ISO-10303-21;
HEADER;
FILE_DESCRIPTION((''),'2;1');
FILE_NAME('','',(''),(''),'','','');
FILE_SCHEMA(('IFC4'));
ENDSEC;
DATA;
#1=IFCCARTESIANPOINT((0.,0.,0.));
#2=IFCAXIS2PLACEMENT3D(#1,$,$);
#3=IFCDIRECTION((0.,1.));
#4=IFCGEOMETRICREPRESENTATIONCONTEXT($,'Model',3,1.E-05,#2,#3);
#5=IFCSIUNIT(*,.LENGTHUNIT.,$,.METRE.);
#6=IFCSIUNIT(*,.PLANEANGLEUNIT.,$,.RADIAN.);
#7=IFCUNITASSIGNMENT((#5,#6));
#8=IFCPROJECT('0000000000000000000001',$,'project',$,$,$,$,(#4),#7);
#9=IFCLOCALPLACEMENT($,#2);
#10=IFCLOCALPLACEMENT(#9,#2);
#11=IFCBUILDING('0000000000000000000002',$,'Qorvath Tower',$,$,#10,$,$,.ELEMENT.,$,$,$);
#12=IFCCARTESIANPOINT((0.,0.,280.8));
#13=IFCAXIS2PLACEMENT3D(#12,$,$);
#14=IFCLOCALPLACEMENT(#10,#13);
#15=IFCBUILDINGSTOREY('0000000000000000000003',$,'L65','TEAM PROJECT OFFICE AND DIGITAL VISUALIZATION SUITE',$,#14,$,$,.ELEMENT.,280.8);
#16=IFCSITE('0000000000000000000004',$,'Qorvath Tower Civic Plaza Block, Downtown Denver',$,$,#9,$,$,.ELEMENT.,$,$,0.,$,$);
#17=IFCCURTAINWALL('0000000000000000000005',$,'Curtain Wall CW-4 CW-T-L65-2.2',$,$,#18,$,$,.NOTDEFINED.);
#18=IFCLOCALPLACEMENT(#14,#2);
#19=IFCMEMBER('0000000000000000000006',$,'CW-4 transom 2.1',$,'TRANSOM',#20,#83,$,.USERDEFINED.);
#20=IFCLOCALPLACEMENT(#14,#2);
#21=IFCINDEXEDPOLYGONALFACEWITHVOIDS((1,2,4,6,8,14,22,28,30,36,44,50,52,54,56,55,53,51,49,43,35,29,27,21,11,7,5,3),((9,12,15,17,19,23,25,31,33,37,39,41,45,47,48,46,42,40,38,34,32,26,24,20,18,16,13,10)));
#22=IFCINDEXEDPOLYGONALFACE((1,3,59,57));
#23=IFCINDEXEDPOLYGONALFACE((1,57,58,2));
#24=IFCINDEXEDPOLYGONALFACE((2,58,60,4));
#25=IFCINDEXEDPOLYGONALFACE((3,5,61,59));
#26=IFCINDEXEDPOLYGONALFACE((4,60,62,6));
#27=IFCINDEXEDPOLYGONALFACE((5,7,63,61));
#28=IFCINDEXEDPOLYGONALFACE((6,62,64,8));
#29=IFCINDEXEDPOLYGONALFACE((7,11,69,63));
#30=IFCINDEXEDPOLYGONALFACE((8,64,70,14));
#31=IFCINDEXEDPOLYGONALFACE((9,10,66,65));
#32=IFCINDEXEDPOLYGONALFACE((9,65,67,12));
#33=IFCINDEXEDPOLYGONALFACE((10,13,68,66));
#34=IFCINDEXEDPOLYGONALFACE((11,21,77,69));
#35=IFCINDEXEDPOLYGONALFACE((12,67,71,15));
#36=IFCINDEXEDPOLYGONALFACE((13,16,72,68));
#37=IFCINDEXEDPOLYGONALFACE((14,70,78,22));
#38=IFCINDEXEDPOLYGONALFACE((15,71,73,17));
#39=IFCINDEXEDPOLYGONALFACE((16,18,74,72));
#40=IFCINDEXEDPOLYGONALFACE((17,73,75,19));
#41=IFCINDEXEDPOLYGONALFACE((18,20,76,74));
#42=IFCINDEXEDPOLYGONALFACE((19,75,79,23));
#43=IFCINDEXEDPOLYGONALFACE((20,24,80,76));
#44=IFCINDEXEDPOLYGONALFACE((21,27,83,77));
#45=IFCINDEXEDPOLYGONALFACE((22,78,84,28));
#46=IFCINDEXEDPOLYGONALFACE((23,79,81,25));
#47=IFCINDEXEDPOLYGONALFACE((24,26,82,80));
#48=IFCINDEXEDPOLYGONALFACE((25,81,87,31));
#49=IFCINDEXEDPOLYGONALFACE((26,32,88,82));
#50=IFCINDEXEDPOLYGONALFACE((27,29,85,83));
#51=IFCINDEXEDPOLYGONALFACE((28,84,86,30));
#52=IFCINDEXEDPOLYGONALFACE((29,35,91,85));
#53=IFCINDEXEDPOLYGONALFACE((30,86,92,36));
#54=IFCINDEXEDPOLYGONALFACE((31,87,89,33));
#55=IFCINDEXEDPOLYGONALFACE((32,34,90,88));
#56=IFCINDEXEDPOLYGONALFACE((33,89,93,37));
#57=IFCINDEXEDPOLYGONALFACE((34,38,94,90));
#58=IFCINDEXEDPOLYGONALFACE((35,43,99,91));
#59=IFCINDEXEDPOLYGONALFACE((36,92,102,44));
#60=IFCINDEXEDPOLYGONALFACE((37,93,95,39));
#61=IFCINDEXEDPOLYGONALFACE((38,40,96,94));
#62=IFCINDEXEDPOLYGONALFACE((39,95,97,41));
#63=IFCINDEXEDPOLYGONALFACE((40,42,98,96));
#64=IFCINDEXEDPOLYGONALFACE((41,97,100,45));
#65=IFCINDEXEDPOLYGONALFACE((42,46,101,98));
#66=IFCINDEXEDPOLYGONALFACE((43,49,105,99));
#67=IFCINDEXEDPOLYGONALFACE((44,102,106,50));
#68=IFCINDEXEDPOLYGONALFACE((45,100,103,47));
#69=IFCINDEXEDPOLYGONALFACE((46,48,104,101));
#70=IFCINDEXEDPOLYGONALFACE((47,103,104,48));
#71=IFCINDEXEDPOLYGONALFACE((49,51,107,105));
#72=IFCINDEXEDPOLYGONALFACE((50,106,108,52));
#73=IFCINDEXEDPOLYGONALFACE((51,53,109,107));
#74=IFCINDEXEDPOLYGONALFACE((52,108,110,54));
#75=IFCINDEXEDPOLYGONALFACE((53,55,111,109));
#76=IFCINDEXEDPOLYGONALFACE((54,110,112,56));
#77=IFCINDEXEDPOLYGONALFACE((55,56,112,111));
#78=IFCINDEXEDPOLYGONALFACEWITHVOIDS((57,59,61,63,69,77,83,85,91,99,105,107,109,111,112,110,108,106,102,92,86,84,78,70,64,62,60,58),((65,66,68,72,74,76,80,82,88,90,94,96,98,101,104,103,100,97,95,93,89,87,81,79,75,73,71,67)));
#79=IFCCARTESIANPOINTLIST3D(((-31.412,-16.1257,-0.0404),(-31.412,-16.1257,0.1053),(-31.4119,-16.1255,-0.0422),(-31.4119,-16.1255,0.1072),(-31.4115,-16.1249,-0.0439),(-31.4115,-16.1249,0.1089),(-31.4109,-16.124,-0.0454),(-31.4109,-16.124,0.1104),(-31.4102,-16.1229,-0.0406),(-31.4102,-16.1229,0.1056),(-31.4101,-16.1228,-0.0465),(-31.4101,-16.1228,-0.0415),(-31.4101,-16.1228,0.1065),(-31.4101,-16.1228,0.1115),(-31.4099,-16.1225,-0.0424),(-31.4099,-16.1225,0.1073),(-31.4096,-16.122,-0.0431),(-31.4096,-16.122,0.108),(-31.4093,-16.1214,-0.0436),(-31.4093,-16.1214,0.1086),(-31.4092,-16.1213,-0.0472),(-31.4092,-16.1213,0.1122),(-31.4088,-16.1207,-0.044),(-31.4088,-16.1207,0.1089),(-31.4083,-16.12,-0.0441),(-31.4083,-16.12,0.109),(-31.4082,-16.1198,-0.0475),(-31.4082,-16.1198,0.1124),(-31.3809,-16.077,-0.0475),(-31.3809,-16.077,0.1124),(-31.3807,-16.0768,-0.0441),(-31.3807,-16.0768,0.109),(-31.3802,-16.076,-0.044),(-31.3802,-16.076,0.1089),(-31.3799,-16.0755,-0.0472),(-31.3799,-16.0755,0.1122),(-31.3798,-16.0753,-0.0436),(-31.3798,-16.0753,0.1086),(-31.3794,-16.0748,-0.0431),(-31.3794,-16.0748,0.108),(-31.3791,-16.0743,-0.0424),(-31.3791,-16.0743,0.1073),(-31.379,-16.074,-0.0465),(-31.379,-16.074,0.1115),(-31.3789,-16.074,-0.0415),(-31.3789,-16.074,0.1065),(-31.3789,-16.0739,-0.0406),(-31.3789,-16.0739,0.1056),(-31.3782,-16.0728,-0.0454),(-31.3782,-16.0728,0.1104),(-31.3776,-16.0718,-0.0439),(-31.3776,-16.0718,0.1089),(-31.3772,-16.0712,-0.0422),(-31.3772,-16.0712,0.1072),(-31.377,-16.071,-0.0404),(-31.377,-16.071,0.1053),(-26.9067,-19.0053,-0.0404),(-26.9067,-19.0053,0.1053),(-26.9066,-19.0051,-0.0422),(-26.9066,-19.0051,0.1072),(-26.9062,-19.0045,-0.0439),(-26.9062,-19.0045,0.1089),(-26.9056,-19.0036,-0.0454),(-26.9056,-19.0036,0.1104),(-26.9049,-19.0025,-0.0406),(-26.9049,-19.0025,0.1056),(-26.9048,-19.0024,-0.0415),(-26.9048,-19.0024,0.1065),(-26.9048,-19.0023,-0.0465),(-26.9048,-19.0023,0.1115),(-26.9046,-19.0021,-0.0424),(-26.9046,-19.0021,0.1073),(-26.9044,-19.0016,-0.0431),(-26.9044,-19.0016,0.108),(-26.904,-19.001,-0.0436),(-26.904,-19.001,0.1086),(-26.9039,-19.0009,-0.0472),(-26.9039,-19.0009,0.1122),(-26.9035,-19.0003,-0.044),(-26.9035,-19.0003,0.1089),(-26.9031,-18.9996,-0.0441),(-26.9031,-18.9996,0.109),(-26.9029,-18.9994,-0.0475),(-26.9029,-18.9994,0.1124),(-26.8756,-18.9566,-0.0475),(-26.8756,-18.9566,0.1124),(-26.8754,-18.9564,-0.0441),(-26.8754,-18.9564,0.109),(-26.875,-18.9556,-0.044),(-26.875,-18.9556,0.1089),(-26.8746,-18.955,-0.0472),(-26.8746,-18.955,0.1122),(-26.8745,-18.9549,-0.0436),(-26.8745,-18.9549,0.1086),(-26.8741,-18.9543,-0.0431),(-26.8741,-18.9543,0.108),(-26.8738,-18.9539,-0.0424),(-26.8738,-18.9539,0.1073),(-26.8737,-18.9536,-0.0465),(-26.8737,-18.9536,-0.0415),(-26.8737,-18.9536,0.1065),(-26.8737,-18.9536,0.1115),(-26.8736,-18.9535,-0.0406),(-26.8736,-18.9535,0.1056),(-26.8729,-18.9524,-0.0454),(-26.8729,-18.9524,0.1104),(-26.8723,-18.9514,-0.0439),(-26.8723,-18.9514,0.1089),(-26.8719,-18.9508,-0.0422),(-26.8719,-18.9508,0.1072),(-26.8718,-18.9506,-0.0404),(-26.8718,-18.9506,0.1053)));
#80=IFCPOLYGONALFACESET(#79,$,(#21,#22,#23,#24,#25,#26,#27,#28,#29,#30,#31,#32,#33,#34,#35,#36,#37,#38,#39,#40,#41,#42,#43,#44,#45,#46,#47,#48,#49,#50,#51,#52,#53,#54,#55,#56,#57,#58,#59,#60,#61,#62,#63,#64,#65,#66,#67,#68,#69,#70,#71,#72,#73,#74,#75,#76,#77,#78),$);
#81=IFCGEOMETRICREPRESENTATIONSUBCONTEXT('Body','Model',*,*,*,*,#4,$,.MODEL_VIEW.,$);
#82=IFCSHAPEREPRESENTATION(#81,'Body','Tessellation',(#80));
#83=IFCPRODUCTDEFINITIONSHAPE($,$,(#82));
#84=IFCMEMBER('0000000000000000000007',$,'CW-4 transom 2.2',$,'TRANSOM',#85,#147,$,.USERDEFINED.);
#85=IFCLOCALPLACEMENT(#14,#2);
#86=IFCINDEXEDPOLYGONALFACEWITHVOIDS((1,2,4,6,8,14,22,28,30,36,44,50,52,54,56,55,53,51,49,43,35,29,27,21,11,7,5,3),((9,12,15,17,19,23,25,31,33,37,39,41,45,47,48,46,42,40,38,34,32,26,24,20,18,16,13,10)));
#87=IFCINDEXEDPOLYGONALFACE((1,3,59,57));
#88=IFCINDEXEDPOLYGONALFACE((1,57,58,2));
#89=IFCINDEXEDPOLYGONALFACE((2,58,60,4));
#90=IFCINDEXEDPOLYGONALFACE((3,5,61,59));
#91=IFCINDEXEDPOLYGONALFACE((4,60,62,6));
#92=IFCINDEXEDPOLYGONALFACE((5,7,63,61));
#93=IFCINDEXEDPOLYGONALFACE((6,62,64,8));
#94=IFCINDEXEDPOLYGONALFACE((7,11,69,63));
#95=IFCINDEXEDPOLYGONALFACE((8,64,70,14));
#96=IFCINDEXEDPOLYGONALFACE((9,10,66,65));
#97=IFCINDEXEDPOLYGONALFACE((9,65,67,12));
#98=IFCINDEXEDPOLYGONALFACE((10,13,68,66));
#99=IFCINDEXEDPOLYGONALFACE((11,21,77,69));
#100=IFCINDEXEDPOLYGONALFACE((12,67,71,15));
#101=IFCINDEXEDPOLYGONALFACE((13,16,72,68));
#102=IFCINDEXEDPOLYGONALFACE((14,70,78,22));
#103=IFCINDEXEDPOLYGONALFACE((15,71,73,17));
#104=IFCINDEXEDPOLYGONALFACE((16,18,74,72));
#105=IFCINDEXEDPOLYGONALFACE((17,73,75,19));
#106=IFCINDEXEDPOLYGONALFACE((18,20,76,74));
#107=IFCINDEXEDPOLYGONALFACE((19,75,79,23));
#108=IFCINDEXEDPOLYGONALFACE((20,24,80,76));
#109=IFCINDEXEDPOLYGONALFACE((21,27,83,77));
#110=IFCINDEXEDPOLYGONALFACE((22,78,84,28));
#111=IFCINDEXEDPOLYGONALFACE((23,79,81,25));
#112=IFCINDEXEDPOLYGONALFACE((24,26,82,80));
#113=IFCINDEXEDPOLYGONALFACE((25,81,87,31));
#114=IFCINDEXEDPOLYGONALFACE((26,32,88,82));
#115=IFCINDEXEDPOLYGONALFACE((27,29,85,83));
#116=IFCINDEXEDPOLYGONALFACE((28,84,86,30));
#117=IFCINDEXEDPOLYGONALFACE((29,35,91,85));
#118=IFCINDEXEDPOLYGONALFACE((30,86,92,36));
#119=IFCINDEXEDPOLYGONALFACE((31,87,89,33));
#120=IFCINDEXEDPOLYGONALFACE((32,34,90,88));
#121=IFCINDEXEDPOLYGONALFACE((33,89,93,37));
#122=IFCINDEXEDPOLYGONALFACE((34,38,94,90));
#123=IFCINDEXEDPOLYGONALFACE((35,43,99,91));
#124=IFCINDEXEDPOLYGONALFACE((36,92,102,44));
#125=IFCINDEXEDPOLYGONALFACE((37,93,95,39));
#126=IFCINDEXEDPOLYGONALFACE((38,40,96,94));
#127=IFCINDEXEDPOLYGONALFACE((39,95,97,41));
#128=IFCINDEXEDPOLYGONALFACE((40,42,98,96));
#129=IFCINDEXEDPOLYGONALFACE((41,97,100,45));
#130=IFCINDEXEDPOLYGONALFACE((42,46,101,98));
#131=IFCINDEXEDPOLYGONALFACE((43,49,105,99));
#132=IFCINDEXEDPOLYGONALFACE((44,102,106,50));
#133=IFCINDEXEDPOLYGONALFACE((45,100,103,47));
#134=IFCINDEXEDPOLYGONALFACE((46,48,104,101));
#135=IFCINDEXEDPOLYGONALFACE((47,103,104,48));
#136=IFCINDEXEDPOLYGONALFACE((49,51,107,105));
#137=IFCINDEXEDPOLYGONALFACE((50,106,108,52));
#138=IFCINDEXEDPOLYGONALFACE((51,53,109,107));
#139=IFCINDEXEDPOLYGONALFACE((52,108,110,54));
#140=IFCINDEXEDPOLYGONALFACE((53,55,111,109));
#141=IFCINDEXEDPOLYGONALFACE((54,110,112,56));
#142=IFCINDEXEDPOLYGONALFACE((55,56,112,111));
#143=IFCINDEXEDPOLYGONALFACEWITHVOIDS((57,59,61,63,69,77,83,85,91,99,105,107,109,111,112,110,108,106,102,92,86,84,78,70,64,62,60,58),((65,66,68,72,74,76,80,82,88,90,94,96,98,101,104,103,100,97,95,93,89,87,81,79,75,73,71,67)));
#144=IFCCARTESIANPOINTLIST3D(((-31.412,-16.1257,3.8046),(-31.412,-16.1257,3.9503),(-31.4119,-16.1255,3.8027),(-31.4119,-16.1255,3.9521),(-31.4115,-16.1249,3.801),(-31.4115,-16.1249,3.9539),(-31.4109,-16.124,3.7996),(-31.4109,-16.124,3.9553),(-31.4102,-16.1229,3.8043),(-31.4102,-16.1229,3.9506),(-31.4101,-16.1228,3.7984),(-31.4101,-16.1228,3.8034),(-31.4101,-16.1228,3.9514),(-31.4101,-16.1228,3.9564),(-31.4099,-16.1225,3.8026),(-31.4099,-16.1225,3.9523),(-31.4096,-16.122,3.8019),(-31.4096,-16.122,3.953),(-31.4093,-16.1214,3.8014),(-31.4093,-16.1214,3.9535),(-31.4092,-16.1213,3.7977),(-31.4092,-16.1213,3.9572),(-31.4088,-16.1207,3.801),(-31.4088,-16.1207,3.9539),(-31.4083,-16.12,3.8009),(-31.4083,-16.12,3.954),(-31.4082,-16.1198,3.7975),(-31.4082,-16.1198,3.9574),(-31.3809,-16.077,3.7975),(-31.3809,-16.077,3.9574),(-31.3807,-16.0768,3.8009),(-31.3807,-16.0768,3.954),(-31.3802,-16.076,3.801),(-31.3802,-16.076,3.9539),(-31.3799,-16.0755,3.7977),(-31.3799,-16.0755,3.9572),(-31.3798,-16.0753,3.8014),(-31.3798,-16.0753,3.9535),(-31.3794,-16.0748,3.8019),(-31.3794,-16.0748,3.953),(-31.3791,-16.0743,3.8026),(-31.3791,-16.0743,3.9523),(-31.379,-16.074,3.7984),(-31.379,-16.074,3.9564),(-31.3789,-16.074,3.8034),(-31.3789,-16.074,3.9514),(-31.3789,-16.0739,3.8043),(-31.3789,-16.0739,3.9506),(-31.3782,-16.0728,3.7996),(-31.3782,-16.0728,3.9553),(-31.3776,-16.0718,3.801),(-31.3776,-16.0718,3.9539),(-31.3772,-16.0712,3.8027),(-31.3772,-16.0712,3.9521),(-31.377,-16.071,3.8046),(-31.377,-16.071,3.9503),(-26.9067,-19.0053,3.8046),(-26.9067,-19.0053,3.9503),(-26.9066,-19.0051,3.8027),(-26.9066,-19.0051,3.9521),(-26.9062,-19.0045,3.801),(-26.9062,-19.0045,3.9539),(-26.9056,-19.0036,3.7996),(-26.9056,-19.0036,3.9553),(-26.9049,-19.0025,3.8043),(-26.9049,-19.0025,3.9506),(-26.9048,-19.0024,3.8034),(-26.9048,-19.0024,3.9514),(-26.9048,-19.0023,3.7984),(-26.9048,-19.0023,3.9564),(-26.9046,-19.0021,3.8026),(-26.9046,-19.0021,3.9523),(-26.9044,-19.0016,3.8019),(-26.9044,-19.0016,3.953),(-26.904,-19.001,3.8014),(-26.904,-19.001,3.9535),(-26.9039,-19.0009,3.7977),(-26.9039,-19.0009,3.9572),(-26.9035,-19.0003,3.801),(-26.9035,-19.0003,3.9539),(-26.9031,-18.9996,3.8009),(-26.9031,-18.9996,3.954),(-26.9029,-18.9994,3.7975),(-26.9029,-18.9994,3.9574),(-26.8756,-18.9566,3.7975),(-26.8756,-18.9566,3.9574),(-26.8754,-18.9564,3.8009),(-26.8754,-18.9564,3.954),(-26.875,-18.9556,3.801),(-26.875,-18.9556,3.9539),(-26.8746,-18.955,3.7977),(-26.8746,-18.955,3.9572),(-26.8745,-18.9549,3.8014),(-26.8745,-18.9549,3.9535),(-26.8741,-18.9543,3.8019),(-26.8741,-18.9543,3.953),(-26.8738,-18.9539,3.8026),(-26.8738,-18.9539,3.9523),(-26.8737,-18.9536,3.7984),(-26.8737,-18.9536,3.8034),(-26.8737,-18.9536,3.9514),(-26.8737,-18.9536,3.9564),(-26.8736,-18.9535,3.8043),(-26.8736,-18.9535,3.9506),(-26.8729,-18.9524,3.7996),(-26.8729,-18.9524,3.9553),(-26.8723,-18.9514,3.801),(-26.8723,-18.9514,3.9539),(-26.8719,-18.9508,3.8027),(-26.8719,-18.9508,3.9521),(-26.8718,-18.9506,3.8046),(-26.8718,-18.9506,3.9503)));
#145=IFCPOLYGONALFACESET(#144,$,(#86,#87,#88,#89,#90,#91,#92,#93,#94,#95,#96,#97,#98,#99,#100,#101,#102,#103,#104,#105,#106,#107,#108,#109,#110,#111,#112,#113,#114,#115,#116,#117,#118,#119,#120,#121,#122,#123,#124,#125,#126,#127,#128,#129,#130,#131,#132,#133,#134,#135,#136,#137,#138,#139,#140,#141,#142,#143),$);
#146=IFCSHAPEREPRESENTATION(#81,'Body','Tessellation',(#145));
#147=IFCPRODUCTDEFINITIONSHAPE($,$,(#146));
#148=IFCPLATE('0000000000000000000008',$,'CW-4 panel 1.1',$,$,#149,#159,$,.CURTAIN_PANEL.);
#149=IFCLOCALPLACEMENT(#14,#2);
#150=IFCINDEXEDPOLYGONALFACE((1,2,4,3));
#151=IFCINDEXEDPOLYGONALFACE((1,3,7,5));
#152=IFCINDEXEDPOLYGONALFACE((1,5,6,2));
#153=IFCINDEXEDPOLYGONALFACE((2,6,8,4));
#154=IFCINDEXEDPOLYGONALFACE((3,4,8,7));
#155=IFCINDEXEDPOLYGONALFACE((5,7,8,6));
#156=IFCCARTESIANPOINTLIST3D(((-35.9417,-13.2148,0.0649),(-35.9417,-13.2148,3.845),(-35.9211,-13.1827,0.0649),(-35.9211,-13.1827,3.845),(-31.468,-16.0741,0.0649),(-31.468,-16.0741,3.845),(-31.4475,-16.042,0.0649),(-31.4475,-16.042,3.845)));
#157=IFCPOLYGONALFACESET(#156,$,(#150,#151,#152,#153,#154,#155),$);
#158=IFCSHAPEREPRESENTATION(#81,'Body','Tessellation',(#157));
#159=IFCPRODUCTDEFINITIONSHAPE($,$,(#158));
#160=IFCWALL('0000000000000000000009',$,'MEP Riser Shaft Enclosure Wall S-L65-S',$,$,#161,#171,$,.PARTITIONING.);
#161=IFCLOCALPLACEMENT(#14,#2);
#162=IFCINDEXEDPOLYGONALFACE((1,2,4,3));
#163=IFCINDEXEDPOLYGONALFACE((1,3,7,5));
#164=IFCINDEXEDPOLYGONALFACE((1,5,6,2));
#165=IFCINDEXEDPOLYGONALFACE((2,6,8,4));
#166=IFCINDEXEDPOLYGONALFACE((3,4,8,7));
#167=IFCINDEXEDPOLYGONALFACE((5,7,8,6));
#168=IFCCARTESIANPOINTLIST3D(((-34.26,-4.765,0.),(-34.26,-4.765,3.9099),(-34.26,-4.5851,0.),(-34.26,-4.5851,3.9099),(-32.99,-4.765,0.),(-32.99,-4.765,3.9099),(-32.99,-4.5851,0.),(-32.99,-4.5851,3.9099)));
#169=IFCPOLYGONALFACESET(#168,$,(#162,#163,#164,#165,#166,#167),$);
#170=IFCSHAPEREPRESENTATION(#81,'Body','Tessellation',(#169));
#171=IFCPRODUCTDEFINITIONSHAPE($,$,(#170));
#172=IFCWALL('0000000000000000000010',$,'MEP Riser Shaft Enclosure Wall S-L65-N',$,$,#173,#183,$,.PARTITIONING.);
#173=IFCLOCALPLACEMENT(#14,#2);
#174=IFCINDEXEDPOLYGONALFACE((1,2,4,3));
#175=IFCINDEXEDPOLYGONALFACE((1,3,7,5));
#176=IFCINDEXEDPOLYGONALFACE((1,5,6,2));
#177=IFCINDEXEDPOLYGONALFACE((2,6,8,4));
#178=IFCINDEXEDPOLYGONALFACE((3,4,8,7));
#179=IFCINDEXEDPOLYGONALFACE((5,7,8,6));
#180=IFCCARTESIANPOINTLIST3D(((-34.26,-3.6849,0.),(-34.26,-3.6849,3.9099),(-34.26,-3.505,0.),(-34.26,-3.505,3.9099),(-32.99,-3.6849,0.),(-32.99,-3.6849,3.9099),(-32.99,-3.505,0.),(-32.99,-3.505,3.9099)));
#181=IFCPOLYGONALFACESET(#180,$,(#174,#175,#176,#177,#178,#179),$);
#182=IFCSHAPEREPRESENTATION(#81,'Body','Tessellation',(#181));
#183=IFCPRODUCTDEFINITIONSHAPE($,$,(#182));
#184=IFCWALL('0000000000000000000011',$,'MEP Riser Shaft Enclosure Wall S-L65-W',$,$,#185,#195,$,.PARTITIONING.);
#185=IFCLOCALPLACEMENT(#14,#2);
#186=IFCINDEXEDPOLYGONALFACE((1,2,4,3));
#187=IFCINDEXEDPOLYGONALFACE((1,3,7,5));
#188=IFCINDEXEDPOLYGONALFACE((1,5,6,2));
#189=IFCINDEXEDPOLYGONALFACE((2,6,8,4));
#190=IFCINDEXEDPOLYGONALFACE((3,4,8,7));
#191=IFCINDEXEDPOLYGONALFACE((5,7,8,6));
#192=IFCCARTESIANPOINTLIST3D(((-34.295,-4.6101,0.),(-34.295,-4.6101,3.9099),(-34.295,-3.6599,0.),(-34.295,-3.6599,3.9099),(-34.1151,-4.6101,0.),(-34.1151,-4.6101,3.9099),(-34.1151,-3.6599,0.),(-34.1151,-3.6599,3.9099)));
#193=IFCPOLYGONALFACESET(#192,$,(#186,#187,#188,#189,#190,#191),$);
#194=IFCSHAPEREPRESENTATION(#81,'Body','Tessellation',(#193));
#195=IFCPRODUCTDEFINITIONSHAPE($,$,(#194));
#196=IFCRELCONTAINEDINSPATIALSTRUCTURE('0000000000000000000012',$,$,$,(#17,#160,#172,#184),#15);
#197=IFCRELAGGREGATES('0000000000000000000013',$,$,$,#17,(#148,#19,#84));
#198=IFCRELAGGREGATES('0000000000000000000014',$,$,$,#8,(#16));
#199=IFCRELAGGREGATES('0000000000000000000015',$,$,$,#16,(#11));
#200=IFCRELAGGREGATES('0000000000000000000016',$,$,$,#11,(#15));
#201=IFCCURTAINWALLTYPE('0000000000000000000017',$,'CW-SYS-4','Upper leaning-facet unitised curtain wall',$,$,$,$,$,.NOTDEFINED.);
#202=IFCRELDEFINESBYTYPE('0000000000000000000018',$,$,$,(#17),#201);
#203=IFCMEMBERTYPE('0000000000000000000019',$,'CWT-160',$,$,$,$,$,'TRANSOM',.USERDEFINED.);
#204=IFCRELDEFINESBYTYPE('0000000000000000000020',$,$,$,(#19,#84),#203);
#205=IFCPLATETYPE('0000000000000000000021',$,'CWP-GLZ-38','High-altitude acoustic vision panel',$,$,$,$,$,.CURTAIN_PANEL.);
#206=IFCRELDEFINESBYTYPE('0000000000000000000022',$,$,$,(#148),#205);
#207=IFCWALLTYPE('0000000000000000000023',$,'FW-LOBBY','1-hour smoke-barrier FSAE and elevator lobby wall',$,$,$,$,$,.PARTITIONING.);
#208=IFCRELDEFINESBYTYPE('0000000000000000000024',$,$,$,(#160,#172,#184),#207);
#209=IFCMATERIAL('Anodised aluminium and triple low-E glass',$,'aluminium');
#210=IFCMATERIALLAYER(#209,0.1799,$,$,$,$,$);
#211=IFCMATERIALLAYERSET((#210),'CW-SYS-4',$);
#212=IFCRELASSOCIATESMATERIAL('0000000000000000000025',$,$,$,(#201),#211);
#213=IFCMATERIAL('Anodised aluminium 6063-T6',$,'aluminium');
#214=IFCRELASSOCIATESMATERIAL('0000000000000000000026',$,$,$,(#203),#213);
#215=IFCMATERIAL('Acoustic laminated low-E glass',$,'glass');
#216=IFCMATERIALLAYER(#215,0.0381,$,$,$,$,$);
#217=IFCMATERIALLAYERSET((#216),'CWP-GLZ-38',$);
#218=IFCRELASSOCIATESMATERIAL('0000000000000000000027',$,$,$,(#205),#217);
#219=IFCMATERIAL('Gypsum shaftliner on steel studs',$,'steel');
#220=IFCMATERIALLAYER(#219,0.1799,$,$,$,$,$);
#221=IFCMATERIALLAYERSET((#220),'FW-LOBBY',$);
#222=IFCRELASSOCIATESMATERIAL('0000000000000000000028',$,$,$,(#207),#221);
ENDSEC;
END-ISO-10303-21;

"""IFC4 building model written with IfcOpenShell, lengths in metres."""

from ifc_helpers import new_model, si_unit, direction, frame, frame_2d, origin, origin_2d, place, context, subcontext, project, spatial, rectangle, hollow_rectangle, extrude, material, layer, layer_set, material_profile, profile_set, type_object, element, aggregate, save


model = new_model("IFC4")

# Units and contexts
model_context = context("Model", 3, precision=1e-05, world=origin(), true_north=direction((0.0, 1.0)))
body_context = subcontext(model_context, "Body", "Model", "MODEL_VIEW")
ifc_project = project(units=[si_unit("LENGTHUNIT", "METRE"), si_unit("PLANEANGLEUNIT", "RADIAN")], contexts=[model_context])

# Site, building, storey
site_placement = place(None, origin())
site = spatial("IfcSite", under=ifc_project, at=site_placement, Name="Qorvath Tower Civic Plaza Block, Downtown Denver", CompositionType="ELEMENT", RefElevation=0.0)
building_placement = place(site_placement, origin())
building = spatial("IfcBuilding", under=site, at=building_placement, Name="Qorvath Tower", CompositionType="ELEMENT")
storey_placement = place(building_placement, frame((0.0, 0.0, 280.8)))
storey = spatial("IfcBuildingStorey", under=building, at=storey_placement, Name="L65", Description="TEAM PROJECT OFFICE AND DIGITAL VISUALIZATION SUITE", CompositionType="ELEMENT", Elevation=280.8)

# Curtain wall, members, plate
ifc_material_1 = material(Name="Anodised aluminium and triple low-E glass", Category="aluminium")
ifc_layer_1 = layer(ifc_material_1, 0.1799)
ifc_layer_set_1 = layer_set([ifc_layer_1], Name="CW-SYS-4")
curtain_wall_type = type_object("IfcCurtainWallType", Name="CW-SYS-4", Description="Upper leaning-facet unitised curtain wall", PredefinedType="NOTDEFINED", material=ifc_layer_set_1)
curtain_wall_placement = place(storey_placement, origin())
curtain_wall = element("IfcCurtainWall", 1, at=curtain_wall_placement, inside=storey, type_object=curtain_wall_type, Name="Curtain Wall CW-4 CW-T-L65-2.2", PredefinedType="NOTDEFINED")
ifc_material_2 = material(Name="Anodised aluminium 6063-T6", Category="aluminium")
ifc_material_profile_1 = material_profile(ifc_material_2, hollow_rectangle(XDim=0.0649, YDim=0.1599, WallThickness=0.0034, InnerFilletRadius=0.0034, OuterFilletRadius=0.0071, at=origin_2d()), Name="CWT 160x65")
ifc_profile_set_1 = profile_set([ifc_material_profile_1], Name="Anodised aluminium 6063-T6")
member_type_1 = type_object("IfcMemberType", Name="CWT-160", ElementType="TRANSOM", PredefinedType="USERDEFINED", material=ifc_profile_set_1)
member_1_placement = place(storey_placement, frame((-31.3945, -16.0984, 0.0325), z_axis=(0.842594, -0.53855, 0.0), x_axis=(0.53855, 0.842594, 0.0)))
member_1 = element("IfcMember", 2, at=member_1_placement, type_object=member_type_1, Name="CW-4 transom 2.1", ObjectType="TRANSOM", PredefinedType="USERDEFINED", context=body_context, shape_type="SweptSolid", body=[
    extrude(hollow_rectangle(XDim=0.0649, YDim=0.1599, WallThickness=0.0034, InnerFilletRadius=0.0034, OuterFilletRadius=0.0071, at=origin_2d()), origin(), (0.0, 0.0, 1.0), 5.3469),
])
member_2_placement = place(storey_placement, frame((-31.3945, -16.0984, 3.8774), z_axis=(0.842594, -0.53855, 0.0), x_axis=(0.53855, 0.842594, 0.0)))
member_2 = element("IfcMember", 3, at=member_2_placement, type_object=member_type_1, Name="CW-4 transom 2.2", ObjectType="TRANSOM", PredefinedType="USERDEFINED", context=body_context, shape_type="SweptSolid", body=[
    extrude(hollow_rectangle(XDim=0.0649, YDim=0.1599, WallThickness=0.0034, InnerFilletRadius=0.0034, OuterFilletRadius=0.0071, at=origin_2d()), origin(), (0.0, 0.0, 1.0), 5.3469),
])
ifc_material_3 = material(Name="Acoustic laminated low-E glass", Category="glass")
ifc_layer_2 = layer(ifc_material_3, 0.0381)
ifc_layer_set_2 = layer_set([ifc_layer_2], Name="CWP-GLZ-38")
plate_type = type_object("IfcPlateType", Name="CWP-GLZ-38", Description="High-altitude acoustic vision panel", PredefinedType="CURTAIN_PANEL", material=ifc_layer_set_2)
plate_placement = place(storey_placement, frame((-33.6946, -14.6284, 0.0649), z_axis=(0.0, 0.0, 1.0), x_axis=(0.842602, -0.538537, 0.0)))
plate = element("IfcPlate", 4, at=plate_placement, type_object=plate_type, Name="CW-4 panel 1.1", PredefinedType="CURTAIN_PANEL", context=body_context, shape_type="SweptSolid", body=[
    extrude(rectangle(XDim=5.3093, YDim=0.0381, at=origin_2d()), origin(), (0.0, 0.0, 1.0), 3.78),
])
aggregate(curtain_wall, [plate, member_1, member_2])

# Walls
ifc_material_4 = material(Name="Gypsum shaftliner on steel studs", Category="steel")
ifc_layer_3 = layer(ifc_material_4, 0.1799)
ifc_layer_set_3 = layer_set([ifc_layer_3], Name="FW-LOBBY")
wall_type_1 = type_object("IfcWallType", Name="FW-LOBBY", Description="1-hour smoke-barrier FSAE and elevator lobby wall", PredefinedType="PARTITIONING", material=ifc_layer_set_3)
for number, where, z_axis, x_axis, name in (
    (5, (-32.99, -4.675, 0.0), (0.0, 0.0, 1.0), (-1.0, 0.0, 0.0), "MEP Riser Shaft Enclosure Wall S-L65-S"),
    (6, (-34.26, -3.595, 0.0), (0.0, 0.0, 1.0), (1.0, 0.0, 0.0), "MEP Riser Shaft Enclosure Wall S-L65-N"),
):
    element("IfcWall", number, at=place(storey_placement, frame(where, z_axis=z_axis, x_axis=x_axis)), inside=storey, type_object=wall_type_1, Name=name, PredefinedType="PARTITIONING", context=body_context, shape_type="SweptSolid", body=[
        extrude(rectangle(XDim=1.27, YDim=0.1799, at=frame_2d((0.635, 0.0))), origin(), (0.0, 0.0, 1.0), 3.9099),
    ])
for number, where, z_axis, x_axis, name in (
    (7, (-34.2051, -4.6101, 0.0), (0.0, 0.0, 1.0), (0.0, 1.0, 0.0), "MEP Riser Shaft Enclosure Wall S-L65-W"),
):
    element("IfcWall", number, at=place(storey_placement, frame(where, z_axis=z_axis, x_axis=x_axis)), inside=storey, type_object=wall_type_1, Name=name, PredefinedType="PARTITIONING", context=body_context, shape_type="SweptSolid", body=[
        extrude(rectangle(XDim=0.9502, YDim=0.1799, at=frame_2d((0.4751, 0.0))), origin(), (0.0, 0.0, 1.0), 3.9099),
    ])

save(model, "model.ifc")
